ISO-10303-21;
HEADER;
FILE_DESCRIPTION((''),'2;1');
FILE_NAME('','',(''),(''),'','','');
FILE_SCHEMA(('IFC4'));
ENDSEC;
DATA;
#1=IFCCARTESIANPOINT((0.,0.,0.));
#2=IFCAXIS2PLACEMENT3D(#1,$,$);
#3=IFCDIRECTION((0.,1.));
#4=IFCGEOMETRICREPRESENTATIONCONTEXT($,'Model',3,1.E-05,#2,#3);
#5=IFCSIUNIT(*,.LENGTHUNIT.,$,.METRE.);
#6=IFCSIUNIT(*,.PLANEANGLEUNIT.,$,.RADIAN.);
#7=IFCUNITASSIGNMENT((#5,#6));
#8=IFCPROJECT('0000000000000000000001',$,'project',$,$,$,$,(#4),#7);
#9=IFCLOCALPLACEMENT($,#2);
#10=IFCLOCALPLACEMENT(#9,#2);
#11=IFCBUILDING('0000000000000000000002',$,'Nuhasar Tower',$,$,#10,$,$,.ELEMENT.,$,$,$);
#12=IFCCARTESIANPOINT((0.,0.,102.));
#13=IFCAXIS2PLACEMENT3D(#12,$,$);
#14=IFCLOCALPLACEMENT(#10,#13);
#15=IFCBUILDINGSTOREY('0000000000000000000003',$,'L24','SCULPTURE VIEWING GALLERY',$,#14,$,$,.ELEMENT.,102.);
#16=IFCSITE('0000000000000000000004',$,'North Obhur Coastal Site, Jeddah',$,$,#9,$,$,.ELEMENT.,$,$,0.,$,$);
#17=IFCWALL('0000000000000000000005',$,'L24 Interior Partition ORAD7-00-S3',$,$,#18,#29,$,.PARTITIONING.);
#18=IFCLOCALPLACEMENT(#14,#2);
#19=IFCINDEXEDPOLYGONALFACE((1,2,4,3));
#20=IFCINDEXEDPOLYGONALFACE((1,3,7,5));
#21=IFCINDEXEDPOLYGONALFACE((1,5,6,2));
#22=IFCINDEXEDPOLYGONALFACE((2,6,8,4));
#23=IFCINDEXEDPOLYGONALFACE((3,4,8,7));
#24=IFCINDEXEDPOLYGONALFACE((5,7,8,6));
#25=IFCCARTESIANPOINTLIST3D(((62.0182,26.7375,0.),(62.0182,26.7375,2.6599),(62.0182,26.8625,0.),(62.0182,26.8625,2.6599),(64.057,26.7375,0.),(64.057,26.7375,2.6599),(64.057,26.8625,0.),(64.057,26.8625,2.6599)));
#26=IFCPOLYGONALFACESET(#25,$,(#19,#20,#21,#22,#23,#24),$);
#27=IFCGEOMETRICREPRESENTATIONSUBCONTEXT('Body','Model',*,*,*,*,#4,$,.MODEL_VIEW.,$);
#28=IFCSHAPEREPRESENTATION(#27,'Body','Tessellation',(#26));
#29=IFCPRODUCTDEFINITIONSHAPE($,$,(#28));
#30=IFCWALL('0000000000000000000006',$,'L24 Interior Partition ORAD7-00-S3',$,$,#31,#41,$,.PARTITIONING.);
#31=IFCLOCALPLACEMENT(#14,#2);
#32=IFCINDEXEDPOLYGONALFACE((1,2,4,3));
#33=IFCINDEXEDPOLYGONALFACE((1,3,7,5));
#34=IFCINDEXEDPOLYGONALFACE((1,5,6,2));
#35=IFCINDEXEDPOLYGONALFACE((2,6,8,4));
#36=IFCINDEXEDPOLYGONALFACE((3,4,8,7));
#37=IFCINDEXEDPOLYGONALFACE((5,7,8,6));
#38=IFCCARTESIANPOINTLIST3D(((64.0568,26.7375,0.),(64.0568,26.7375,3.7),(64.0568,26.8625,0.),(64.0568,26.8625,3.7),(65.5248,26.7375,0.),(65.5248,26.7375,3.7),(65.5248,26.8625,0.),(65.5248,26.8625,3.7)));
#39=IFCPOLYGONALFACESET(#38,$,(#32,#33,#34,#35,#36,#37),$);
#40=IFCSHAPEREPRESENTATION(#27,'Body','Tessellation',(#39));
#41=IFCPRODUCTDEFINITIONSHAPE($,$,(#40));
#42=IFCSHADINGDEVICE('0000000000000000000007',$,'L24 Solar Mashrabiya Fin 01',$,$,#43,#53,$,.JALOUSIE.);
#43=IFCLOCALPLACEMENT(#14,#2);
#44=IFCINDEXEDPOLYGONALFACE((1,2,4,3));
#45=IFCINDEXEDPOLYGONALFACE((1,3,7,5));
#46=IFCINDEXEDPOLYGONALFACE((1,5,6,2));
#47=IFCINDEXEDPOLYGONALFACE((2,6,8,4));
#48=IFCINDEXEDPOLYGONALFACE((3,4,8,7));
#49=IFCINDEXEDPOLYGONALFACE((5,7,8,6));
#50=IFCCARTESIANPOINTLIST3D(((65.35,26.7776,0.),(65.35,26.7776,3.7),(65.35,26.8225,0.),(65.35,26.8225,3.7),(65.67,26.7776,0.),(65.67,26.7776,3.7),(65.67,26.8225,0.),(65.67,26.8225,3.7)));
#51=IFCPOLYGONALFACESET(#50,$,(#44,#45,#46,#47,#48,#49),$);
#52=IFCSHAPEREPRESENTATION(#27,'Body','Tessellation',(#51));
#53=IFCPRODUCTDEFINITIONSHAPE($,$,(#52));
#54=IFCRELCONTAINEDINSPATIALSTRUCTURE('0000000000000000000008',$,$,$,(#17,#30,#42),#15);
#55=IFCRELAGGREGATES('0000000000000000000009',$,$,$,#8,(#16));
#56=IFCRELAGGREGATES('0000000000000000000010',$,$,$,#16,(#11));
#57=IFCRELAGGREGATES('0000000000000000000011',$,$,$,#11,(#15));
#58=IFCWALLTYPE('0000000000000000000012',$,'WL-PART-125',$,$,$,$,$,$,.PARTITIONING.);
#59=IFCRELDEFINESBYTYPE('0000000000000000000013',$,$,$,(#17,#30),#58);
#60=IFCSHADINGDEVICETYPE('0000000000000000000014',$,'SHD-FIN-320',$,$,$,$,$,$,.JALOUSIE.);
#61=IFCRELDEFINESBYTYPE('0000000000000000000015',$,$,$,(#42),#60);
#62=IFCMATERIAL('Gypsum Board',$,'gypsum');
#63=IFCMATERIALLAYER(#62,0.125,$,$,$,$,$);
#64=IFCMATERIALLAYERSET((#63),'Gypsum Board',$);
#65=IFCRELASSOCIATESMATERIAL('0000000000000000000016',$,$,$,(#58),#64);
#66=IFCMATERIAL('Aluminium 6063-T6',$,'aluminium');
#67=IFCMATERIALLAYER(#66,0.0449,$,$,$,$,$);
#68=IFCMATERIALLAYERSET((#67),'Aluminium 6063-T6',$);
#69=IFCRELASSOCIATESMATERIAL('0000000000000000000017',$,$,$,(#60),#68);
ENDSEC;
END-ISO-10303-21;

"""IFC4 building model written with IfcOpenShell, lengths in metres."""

from ifc_helpers import new_model, si_unit, direction, frame, frame_2d, origin, origin_2d, place, context, subcontext, project, spatial, rectangle, extrude, material, layer, layer_set, type_object, element, save


model = new_model("IFC4")

# Units and contexts
model_context = context("Model", 3, precision=1e-05, world=origin(), true_north=direction((0.0, 1.0)))
body_context = subcontext(model_context, "Body", "Model", "MODEL_VIEW")
ifc_project = project(units=[si_unit("LENGTHUNIT", "METRE"), si_unit("PLANEANGLEUNIT", "RADIAN")], contexts=[model_context])

# Site, building, storey
site_placement = place(None, origin())
site = spatial("IfcSite", under=ifc_project, at=site_placement, Name="North Obhur Coastal Site, Jeddah", CompositionType="ELEMENT", RefElevation=0.0)
building_placement = place(site_placement, origin())
building = spatial("IfcBuilding", under=site, at=building_placement, Name="Nuhasar Tower", CompositionType="ELEMENT")
storey_placement = place(building_placement, frame((0.0, 0.0, 102.0)))
storey = spatial("IfcBuildingStorey", under=building, at=storey_placement, Name="L24", Description="SCULPTURE VIEWING GALLERY", CompositionType="ELEMENT", Elevation=102.0)

# Shared definitions
ifc_material_1 = material(Name="Aluminium 6063-T6", Category="aluminium")

# Shared definitions
ifc_material_2 = material(Name="Gypsum Board", Category="gypsum")

# Walls
ifc_layer_1 = layer(ifc_material_2, 0.125)
ifc_layer_set_1 = layer_set([ifc_layer_1], Name="Gypsum Board")
wall_type_1 = type_object("IfcWallType", Name="WL-PART-125", PredefinedType="PARTITIONING", material=ifc_layer_set_1)
wall_1_placement = place(storey_placement, frame((62.0181, 26.8, 0.0), z_axis=(0.0, 0.0, 1.0), x_axis=(1.0, 0.0, 0.0)))
element("IfcWall", 1, at=wall_1_placement, inside=storey, type_object=wall_type_1, Name="L24 Interior Partition ORAD7-00-S3", PredefinedType="PARTITIONING", context=body_context, shape_type="SweptSolid", body=[
    extrude(rectangle(XDim=2.0388, YDim=0.125, at=frame_2d((1.0195, 0.0))), origin(), (0.0, 0.0, 1.0), 2.6599),
])
wall_2_placement = place(storey_placement, frame((64.0569, 26.8, 0.0), z_axis=(0.0, 0.0, 1.0), x_axis=(1.0, 0.0, 0.0)))
element("IfcWall", 2, at=wall_2_placement, inside=storey, type_object=wall_type_1, Name="L24 Interior Partition ORAD7-00-S3", PredefinedType="PARTITIONING", context=body_context, shape_type="SweptSolid", body=[
    extrude(rectangle(XDim=1.468, YDim=0.125, at=frame_2d((0.7339, 0.0))), origin(), (0.0, 0.0, 1.0), 3.7),
])

# Shading device
ifc_layer_2 = layer(ifc_material_1, 0.0449)
ifc_layer_set_2 = layer_set([ifc_layer_2], Name="Aluminium 6063-T6")
shading_device_type = type_object("IfcShadingDeviceType", Name="SHD-FIN-320", PredefinedType="JALOUSIE", material=ifc_layer_set_2)
shading_device_placement = place(storey_placement, frame((65.51, 26.8, 0.0), z_axis=(0.0, 0.0, 1.0), x_axis=(1.0, 0.0, 0.0)))
element("IfcShadingDevice", 3, at=shading_device_placement, inside=storey, type_object=shading_device_type, Name="L24 Solar Mashrabiya Fin 01", PredefinedType="JALOUSIE", context=body_context, shape_type="SweptSolid", body=[
    extrude(rectangle(XDim=0.3201, YDim=0.0449, at=origin_2d()), origin(), (0.0, 0.0, 1.0), 3.7),
])

save(model, "model.ifc")
